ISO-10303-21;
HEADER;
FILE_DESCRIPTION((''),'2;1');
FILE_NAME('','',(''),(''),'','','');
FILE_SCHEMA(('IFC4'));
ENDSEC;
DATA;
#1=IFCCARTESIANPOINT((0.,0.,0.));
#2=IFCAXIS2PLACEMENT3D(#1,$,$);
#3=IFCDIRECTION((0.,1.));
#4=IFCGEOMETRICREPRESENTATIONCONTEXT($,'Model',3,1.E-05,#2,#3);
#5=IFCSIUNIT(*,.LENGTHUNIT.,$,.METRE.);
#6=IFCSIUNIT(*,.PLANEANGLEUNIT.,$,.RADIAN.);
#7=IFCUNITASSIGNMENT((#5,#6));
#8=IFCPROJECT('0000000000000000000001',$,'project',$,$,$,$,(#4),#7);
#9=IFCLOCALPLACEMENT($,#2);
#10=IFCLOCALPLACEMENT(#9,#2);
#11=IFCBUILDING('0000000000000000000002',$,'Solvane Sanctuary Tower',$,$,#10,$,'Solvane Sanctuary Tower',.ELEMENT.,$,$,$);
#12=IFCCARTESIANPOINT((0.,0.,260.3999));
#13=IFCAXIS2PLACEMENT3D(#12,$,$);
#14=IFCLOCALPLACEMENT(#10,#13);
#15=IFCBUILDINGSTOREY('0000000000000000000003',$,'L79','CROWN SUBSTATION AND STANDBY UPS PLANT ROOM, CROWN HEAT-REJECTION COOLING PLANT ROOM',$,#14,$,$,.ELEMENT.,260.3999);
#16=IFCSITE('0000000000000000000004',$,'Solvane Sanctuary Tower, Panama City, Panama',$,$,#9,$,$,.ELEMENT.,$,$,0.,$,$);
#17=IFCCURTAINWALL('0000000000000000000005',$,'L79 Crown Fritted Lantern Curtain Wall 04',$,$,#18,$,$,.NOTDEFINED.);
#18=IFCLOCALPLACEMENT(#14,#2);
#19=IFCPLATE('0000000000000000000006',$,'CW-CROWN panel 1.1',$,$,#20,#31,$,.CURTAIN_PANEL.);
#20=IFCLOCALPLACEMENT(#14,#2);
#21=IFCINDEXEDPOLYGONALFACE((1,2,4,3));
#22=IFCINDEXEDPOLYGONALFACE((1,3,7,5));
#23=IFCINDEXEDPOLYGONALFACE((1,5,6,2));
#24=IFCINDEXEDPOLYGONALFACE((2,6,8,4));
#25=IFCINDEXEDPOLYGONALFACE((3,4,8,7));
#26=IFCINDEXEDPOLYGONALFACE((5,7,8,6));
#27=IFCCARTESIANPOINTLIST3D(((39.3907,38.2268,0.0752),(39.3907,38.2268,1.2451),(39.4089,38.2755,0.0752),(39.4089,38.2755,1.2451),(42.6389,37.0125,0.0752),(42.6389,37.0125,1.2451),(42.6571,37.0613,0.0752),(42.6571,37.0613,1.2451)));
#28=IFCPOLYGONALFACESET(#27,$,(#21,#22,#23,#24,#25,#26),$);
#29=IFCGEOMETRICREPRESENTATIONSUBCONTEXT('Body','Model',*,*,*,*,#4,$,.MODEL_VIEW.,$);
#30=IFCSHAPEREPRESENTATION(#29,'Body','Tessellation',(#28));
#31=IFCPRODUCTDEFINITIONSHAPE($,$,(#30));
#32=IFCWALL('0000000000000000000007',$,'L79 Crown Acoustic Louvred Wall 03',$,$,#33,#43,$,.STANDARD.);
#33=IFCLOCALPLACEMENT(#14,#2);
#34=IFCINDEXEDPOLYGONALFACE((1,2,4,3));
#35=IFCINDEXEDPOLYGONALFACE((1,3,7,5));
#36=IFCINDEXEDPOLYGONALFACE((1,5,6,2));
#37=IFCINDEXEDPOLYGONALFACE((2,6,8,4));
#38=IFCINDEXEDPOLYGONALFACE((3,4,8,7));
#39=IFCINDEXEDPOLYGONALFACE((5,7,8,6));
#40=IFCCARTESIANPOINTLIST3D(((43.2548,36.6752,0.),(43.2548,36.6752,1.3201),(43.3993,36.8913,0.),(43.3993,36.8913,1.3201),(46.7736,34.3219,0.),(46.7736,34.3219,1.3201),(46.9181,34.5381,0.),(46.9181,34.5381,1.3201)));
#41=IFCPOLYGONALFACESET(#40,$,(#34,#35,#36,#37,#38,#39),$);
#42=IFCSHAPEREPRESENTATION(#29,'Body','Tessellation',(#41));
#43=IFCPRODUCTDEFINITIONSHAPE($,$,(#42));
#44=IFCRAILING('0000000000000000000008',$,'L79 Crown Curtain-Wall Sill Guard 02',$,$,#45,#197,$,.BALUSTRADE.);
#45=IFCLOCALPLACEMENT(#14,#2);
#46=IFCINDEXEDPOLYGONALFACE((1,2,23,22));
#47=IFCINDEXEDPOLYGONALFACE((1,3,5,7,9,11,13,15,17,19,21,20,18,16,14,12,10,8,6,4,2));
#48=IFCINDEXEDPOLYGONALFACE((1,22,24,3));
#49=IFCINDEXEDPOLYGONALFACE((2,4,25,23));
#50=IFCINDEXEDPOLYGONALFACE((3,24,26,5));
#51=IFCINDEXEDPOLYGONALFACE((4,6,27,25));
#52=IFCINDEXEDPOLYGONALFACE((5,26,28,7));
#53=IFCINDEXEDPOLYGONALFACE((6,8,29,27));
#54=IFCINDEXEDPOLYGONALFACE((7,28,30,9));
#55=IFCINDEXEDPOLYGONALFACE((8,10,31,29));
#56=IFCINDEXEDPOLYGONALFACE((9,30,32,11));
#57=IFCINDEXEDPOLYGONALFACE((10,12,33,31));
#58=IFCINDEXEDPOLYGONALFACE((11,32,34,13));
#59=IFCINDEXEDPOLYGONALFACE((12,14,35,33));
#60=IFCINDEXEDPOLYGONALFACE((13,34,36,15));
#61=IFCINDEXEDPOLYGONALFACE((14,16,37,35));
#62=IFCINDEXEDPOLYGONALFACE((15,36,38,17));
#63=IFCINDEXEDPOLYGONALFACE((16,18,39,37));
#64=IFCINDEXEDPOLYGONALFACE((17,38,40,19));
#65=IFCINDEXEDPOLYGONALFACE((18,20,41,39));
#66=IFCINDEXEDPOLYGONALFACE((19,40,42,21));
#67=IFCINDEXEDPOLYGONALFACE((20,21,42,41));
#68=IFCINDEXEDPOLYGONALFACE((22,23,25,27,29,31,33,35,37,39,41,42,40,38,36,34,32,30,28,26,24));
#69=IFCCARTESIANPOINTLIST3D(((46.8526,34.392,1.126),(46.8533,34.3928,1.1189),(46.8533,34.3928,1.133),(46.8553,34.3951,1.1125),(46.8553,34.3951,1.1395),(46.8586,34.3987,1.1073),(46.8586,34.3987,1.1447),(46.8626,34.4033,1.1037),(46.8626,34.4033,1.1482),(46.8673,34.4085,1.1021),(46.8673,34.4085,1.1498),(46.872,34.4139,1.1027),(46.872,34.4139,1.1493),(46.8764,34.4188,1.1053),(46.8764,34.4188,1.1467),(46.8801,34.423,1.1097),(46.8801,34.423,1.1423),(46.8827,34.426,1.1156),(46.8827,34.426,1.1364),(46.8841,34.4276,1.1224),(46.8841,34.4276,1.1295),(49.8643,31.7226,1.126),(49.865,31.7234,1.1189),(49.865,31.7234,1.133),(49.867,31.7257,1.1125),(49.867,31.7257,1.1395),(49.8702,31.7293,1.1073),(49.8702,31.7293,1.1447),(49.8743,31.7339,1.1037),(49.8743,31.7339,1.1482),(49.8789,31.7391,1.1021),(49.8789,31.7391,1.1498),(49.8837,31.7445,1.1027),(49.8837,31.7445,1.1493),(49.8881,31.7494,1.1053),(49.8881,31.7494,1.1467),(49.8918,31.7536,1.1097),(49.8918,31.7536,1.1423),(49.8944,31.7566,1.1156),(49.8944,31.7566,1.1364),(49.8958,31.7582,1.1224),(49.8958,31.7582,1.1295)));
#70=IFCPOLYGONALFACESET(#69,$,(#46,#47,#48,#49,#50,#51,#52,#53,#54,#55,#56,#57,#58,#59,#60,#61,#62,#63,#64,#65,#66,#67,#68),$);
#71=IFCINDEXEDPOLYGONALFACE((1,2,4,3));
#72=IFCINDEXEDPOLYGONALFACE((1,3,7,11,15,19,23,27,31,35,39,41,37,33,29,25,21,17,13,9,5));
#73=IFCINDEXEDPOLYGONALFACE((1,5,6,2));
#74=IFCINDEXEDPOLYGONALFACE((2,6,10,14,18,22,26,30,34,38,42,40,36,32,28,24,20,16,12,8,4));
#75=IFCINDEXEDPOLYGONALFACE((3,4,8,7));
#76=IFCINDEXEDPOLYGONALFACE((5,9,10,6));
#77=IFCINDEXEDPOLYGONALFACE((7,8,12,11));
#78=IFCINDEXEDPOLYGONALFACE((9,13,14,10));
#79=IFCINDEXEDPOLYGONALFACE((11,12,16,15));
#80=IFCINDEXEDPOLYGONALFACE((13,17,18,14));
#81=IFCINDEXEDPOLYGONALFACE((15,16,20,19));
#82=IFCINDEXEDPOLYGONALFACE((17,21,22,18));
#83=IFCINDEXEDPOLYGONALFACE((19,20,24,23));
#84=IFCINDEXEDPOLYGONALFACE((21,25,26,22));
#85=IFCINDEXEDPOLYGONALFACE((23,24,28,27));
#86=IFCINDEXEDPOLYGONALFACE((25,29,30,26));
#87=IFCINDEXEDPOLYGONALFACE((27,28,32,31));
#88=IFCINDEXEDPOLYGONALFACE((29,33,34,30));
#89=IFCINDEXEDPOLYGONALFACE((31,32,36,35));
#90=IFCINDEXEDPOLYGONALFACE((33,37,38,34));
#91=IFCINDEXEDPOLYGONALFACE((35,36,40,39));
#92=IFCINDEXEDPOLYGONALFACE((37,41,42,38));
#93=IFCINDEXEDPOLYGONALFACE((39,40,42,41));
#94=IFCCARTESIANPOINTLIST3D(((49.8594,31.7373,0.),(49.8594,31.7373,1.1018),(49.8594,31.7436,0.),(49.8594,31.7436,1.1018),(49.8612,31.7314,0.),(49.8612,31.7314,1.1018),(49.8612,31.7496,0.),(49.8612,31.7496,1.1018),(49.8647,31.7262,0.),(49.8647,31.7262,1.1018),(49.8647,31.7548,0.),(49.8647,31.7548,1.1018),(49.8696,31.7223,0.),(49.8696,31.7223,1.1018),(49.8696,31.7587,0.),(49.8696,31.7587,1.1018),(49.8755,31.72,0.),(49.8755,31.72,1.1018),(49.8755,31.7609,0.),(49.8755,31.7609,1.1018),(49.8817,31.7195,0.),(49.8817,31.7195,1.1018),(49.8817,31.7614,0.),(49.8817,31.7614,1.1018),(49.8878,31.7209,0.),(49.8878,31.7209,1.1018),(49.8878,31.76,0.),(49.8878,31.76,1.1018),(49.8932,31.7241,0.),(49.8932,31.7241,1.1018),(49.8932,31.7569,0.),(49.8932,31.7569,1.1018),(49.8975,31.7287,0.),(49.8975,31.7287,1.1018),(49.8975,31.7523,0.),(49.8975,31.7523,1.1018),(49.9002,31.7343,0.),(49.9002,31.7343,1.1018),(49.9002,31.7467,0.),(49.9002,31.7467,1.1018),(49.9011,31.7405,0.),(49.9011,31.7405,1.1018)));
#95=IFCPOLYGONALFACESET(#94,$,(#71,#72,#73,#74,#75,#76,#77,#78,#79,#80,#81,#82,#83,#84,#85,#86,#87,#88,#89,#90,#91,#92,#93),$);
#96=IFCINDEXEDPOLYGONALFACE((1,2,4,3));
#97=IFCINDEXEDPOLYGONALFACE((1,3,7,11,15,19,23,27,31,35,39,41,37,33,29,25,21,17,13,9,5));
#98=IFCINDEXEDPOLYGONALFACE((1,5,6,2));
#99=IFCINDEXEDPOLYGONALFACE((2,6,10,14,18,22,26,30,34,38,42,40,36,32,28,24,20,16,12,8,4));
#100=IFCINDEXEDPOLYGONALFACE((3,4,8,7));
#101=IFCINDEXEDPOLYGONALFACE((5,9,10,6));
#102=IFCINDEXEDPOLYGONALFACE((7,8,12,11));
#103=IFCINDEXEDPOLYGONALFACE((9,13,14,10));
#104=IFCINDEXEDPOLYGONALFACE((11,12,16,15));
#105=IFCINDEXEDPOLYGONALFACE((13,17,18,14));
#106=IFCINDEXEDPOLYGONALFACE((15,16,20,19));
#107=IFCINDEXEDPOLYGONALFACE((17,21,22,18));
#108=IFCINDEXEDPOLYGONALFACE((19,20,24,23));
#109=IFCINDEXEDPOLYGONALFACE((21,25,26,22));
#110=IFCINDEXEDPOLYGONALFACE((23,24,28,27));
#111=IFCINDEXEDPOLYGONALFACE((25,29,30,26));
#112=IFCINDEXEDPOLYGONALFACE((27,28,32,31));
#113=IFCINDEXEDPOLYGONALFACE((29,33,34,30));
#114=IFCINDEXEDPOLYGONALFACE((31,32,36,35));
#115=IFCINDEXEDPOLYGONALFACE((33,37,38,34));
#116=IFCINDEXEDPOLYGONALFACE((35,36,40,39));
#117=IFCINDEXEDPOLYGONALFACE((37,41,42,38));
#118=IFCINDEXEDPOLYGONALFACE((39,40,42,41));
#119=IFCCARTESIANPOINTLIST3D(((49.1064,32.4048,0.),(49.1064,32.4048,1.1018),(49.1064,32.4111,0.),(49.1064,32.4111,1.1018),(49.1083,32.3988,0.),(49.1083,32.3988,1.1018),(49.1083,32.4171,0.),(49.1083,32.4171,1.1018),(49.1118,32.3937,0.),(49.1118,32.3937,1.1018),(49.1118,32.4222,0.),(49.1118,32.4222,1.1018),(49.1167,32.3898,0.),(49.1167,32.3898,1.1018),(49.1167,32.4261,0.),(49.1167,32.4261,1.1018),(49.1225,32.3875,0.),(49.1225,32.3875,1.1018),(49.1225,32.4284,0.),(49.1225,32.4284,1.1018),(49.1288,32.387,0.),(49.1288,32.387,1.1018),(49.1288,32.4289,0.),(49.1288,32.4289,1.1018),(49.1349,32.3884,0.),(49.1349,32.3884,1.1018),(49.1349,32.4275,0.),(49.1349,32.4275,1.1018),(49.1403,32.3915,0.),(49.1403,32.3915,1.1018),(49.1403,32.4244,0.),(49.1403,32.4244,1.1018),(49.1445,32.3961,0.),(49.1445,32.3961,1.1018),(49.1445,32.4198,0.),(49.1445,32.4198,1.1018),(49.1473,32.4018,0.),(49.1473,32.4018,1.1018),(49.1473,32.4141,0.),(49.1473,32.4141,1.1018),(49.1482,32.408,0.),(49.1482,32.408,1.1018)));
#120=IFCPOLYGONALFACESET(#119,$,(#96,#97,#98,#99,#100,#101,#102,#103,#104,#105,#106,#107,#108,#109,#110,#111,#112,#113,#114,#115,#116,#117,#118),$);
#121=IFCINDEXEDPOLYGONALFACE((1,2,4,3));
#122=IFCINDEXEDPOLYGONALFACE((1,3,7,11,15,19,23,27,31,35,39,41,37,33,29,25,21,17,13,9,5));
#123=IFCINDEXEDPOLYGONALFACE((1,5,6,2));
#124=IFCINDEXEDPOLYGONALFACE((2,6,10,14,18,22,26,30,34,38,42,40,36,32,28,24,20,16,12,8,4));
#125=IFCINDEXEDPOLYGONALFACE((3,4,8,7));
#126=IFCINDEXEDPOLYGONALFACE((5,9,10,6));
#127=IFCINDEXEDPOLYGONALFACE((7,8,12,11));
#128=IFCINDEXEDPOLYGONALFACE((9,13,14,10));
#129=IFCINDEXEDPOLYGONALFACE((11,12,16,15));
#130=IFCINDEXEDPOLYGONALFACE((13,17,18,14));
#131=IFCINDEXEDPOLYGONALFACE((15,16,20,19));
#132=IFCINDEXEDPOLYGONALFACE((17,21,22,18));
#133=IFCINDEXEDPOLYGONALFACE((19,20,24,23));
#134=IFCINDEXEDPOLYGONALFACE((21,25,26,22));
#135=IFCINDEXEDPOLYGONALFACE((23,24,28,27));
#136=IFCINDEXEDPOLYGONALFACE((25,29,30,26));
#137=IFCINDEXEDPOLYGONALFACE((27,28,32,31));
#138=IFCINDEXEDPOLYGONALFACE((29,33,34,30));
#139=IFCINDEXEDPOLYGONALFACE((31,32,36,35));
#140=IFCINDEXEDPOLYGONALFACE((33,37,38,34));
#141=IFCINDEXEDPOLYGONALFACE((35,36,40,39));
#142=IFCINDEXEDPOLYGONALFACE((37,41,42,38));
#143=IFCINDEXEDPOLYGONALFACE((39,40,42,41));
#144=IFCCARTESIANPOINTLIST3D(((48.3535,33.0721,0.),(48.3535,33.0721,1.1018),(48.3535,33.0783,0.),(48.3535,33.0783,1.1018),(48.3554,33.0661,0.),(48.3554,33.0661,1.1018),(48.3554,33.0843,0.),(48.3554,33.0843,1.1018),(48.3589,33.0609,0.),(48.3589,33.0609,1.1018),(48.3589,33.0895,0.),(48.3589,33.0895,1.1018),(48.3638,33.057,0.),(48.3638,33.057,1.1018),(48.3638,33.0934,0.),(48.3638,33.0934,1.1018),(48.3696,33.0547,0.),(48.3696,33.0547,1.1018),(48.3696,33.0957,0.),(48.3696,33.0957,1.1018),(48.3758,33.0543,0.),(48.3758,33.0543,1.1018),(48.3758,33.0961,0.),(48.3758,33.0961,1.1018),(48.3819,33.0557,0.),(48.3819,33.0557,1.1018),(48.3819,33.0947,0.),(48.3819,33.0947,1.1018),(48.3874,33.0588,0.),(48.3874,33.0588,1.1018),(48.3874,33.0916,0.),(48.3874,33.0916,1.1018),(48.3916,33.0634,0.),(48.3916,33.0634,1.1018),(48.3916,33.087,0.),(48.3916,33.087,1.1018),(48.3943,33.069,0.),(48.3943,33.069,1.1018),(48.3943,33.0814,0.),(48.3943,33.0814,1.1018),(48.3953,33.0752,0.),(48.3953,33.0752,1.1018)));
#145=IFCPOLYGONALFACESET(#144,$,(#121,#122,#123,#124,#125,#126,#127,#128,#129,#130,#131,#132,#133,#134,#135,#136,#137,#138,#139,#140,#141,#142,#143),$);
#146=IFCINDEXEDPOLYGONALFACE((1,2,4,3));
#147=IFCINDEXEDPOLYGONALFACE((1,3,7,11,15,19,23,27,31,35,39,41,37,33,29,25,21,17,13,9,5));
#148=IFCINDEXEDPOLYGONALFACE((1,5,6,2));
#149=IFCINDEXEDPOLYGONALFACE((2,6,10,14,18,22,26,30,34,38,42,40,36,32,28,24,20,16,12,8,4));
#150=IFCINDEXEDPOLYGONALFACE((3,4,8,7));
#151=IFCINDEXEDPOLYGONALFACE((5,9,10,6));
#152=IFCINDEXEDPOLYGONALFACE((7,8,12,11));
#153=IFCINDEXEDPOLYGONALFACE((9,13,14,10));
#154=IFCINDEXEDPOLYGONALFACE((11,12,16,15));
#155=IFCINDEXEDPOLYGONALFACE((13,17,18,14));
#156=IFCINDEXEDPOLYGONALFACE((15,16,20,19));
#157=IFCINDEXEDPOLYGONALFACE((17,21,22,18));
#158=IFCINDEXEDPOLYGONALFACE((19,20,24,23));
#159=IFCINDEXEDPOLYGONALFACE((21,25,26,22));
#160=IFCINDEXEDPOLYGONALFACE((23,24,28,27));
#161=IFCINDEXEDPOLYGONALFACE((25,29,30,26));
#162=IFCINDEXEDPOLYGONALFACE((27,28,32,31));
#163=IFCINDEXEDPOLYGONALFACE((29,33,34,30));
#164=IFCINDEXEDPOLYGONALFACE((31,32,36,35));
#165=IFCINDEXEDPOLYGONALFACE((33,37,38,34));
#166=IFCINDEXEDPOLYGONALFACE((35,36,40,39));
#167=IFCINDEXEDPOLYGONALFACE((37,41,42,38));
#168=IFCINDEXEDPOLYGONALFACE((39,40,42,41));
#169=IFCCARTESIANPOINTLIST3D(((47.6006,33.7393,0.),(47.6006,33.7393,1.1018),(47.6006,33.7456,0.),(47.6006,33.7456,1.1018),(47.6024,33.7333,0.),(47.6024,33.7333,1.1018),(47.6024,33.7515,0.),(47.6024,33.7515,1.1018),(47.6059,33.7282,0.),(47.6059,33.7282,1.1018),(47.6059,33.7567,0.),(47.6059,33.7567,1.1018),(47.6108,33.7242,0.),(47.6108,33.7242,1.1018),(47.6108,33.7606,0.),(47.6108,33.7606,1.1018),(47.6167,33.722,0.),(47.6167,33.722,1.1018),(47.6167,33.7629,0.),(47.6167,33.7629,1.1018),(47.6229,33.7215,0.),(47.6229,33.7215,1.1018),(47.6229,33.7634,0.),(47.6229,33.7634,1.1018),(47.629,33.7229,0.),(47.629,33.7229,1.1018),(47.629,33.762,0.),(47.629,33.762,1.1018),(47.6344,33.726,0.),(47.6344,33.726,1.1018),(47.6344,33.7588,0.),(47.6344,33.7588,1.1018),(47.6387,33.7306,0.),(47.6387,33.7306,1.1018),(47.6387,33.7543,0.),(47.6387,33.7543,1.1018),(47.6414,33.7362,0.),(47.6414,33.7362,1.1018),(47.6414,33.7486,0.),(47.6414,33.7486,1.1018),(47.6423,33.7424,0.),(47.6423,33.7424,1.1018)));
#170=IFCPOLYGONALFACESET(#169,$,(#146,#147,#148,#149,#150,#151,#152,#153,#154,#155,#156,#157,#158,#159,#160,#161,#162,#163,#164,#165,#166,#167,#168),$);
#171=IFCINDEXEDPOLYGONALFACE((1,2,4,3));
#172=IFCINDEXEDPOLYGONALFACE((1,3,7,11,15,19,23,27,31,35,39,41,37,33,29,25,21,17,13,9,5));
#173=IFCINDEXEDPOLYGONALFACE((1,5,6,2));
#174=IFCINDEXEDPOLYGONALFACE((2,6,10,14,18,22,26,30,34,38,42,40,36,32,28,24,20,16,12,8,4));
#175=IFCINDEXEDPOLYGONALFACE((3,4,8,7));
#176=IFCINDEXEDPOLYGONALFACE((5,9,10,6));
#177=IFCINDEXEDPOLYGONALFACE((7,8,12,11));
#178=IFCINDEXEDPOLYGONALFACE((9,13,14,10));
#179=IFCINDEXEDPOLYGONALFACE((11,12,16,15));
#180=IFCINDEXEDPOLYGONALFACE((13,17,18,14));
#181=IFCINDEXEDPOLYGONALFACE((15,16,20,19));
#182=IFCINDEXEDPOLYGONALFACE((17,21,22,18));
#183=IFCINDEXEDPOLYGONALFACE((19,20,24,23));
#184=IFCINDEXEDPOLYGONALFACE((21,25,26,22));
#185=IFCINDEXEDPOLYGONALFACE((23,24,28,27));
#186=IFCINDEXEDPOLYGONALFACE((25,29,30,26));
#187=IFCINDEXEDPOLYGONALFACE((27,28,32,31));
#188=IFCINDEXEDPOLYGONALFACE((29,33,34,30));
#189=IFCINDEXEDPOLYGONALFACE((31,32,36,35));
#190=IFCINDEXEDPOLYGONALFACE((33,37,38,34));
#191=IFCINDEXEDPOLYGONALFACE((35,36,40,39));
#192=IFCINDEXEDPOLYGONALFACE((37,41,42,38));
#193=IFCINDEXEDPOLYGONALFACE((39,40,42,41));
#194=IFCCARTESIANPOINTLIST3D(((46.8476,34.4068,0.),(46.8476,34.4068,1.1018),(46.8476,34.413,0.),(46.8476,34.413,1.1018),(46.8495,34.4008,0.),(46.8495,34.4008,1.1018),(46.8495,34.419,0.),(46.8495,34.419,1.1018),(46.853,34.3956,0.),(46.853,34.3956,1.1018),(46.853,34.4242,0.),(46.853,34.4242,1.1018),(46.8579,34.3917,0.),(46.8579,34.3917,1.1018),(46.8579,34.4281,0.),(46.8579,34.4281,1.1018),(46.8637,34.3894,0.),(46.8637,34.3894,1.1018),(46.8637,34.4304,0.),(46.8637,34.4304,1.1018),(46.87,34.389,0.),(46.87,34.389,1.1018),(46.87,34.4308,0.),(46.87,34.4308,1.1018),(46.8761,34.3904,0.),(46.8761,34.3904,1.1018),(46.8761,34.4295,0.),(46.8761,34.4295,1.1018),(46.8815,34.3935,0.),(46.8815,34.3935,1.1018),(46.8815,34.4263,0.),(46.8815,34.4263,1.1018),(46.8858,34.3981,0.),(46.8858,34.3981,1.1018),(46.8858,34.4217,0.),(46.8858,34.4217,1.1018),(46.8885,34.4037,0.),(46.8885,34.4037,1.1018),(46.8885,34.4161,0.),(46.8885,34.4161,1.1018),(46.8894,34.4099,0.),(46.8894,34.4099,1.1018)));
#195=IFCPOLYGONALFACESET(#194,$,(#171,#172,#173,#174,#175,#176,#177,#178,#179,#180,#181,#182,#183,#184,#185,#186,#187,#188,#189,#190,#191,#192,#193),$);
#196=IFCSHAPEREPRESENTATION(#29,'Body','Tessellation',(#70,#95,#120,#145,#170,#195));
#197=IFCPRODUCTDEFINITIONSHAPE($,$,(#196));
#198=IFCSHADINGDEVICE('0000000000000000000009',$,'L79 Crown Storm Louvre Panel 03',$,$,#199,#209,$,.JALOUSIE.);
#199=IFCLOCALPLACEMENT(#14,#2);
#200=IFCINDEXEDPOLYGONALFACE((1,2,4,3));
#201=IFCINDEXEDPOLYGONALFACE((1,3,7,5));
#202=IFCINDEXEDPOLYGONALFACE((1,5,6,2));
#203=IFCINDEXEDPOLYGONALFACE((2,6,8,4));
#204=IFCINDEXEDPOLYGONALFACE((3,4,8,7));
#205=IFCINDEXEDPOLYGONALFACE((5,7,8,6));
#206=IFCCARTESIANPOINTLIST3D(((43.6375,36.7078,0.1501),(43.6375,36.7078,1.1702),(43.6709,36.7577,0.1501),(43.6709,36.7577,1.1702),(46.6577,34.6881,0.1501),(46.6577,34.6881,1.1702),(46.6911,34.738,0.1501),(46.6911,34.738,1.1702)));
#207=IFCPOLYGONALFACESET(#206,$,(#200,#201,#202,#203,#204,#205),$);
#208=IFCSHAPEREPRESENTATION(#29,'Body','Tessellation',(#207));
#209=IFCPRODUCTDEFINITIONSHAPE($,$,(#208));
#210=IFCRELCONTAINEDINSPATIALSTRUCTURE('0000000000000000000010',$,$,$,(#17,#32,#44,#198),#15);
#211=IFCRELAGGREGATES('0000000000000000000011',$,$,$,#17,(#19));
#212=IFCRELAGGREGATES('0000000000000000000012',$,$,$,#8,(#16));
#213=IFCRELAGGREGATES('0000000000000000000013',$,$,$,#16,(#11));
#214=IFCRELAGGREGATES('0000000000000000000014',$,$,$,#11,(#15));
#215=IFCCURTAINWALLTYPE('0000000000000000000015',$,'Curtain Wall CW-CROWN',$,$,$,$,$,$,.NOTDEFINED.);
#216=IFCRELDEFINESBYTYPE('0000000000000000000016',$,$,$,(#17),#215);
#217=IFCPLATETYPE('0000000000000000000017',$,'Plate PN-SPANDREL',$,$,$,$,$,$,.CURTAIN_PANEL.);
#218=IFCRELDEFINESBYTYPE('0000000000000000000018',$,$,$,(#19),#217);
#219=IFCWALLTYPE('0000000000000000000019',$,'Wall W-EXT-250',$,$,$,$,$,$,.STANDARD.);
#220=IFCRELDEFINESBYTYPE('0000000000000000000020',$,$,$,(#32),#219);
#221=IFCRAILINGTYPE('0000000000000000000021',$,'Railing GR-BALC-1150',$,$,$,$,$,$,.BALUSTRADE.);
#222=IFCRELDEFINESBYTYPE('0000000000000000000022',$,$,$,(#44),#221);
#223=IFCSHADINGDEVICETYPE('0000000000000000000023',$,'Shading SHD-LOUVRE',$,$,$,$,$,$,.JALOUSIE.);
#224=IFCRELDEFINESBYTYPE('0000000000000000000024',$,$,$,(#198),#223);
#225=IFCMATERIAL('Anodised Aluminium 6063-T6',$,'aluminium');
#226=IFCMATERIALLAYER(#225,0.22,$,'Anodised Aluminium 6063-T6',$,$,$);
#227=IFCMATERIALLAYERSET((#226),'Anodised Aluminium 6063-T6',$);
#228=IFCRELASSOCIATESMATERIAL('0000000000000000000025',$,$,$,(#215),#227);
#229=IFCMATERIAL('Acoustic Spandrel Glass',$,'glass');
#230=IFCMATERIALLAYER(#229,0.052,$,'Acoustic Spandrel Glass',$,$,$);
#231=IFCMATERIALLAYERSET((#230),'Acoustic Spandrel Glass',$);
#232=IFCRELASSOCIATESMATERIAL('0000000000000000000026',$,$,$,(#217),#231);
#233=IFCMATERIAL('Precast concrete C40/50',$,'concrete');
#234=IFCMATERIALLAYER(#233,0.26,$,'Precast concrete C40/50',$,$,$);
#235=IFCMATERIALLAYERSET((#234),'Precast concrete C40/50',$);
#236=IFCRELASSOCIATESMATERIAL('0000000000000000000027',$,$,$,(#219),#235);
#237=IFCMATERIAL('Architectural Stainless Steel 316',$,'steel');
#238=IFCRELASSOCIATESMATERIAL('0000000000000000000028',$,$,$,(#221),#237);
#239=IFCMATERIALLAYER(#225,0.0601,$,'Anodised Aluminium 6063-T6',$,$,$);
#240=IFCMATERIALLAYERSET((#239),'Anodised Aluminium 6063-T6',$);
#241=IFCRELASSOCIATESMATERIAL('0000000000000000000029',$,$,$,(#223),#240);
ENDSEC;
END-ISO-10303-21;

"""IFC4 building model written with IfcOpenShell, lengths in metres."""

from ifc_helpers import new_model, si_unit, direction, frame, frame_2d, origin, origin_2d, place, context, subcontext, project, spatial, rectangle, circle, extrude, material, layer, layer_set, type_object, element, aggregate, save


model = new_model("IFC4")

# Units and contexts
model_context = context("Model", 3, precision=1e-05, world=origin(), true_north=direction((0.0, 1.0)))
body_context = subcontext(model_context, "Body", "Model", "MODEL_VIEW")
ifc_project = project(units=[si_unit("LENGTHUNIT", "METRE"), si_unit("PLANEANGLEUNIT", "RADIAN")], contexts=[model_context])

# Site, building, storey
site_placement = place(None, origin())
site = spatial("IfcSite", under=ifc_project, at=site_placement, Name="Solvane Sanctuary Tower, Panama City, Panama", CompositionType="ELEMENT", RefElevation=0.0)
building_placement = place(site_placement, origin())
building = spatial("IfcBuilding", under=site, at=building_placement, Name="Solvane Sanctuary Tower", LongName="Solvane Sanctuary Tower", CompositionType="ELEMENT")
storey_placement = place(building_placement, frame((0.0, 0.0, 260.3999)))
storey = spatial("IfcBuildingStorey", under=building, at=storey_placement, Name="L79", Description="CROWN SUBSTATION AND STANDBY UPS PLANT ROOM, CROWN HEAT-REJECTION COOLING PLANT ROOM", CompositionType="ELEMENT", Elevation=260.3999)

# Shared definitions
ifc_material_1 = material(Name="Anodised Aluminium 6063-T6", Category="aluminium")
ifc_layer_1 = layer(ifc_material_1, 0.22, Name="Anodised Aluminium 6063-T6")
ifc_layer_set_1 = layer_set([ifc_layer_1], Name="Anodised Aluminium 6063-T6")
curtain_wall_type = type_object("IfcCurtainWallType", Name="Curtain Wall CW-CROWN", PredefinedType="NOTDEFINED", material=ifc_layer_set_1)

# Curtain wall
curtain_wall_1_placement = place(storey_placement, origin())
curtain_wall_1 = element("IfcCurtainWall", 1, at=curtain_wall_1_placement, inside=storey, type_object=curtain_wall_type, Name="L79 Crown Fritted Lantern Curtain Wall 04", PredefinedType="NOTDEFINED")

# Plate
ifc_material_2 = material(Name="Acoustic Spandrel Glass", Category="glass")
ifc_layer_2 = layer(ifc_material_2, 0.052, Name="Acoustic Spandrel Glass")
ifc_layer_set_2 = layer_set([ifc_layer_2], Name="Acoustic Spandrel Glass")
plate_type_1 = type_object("IfcPlateType", Name="Plate PN-SPANDREL", PredefinedType="CURTAIN_PANEL", material=ifc_layer_set_2)
plate_1_placement = place(storey_placement, frame((41.0239, 37.644, 0.0752), z_axis=(0.0, 0.0, 1.0), x_axis=(-0.936689, 0.350163, 0.0)))
plate_1 = element("IfcPlate", 2, at=plate_1_placement, type_object=plate_type_1, Name="CW-CROWN panel 1.1", PredefinedType="CURTAIN_PANEL", context=body_context, shape_type="SweptSolid", body=[
    extrude(rectangle(XDim=3.4678, YDim=0.052, at=origin_2d()), origin(), (0.0, 0.0, 1.0), 1.1699),
])
aggregate(curtain_wall_1, [plate_1])

# Wall
ifc_material_3 = material(Name="Precast concrete C40/50", Category="concrete")
ifc_layer_3 = layer(ifc_material_3, 0.26, Name="Precast concrete C40/50")
ifc_layer_set_3 = layer_set([ifc_layer_3], Name="Precast concrete C40/50")
wall_type = type_object("IfcWallType", Name="Wall W-EXT-250", PredefinedType="STANDARD", material=ifc_layer_set_3)
wall_placement = place(storey_placement, frame((46.8459, 34.4299, 0.0), z_axis=(0.0, 0.0, 1.0), x_axis=(-0.831242, 0.555911, 0.0)))
element("IfcWall", 3, at=wall_placement, inside=storey, type_object=wall_type, Name="L79 Crown Acoustic Louvred Wall 03", PredefinedType="STANDARD", context=body_context, shape_type="SweptSolid", body=[
    extrude(rectangle(XDim=4.2332, YDim=0.26, at=frame_2d((2.1167, 0.0))), origin(), (0.0, 0.0, 1.0), 1.3201),
])

# Railing
ifc_material_4 = material(Name="Architectural Stainless Steel 316", Category="steel")
railing_type = type_object("IfcRailingType", Name="Railing GR-BALC-1150", PredefinedType="BALUSTRADE", material=ifc_material_4)
railing_1_placement = place(storey_placement, frame((49.8801, 31.7405, 0.0)))
element("IfcRailing", 4, at=railing_1_placement, inside=storey, type_object=railing_type, Name="L79 Crown Curtain-Wall Sill Guard 02", PredefinedType="BALUSTRADE", context=body_context, shape_type="SweptSolid", body=[
    extrude(circle(Radius=0.0239, at=origin_2d()), frame((0.0, 0.0, 1.126), z_axis=(-0.748352, 0.663301, 0.0), x_axis=(-0.663301, -0.748352, 0.0)), (0.0, 0.0, 1.0), 4.0244),
    extrude(circle(Radius=0.021, at=origin_2d()), origin(), (0.0, 0.0, 1.0), 1.1018),
    extrude(circle(Radius=0.021, at=origin_2d()), frame((-0.7529, 0.6675, 0.0)), (0.0, 0.0, 1.0), 1.1018),
    extrude(circle(Radius=0.021, at=origin_2d()), frame((-1.5059, 1.3347, 0.0)), (0.0, 0.0, 1.0), 1.1018),
    extrude(circle(Radius=0.021, at=origin_2d()), frame((-2.2588, 2.002, 0.0)), (0.0, 0.0, 1.0), 1.1018),
    extrude(circle(Radius=0.021, at=origin_2d()), frame((-3.0117, 2.6694, 0.0)), (0.0, 0.0, 1.0), 1.1018),
])

# Shading device
ifc_layer_4 = layer(ifc_material_1, 0.0601, Name="Anodised Aluminium 6063-T6")
ifc_layer_set_4 = layer_set([ifc_layer_4], Name="Anodised Aluminium 6063-T6")
shading_device_type = type_object("IfcShadingDeviceType", Name="Shading SHD-LOUVRE", PredefinedType="JALOUSIE", material=ifc_layer_set_4)
shading_device_placement = place(storey_placement, frame((45.1643, 35.7229, 0.1501), z_axis=(0.0, 0.0, 1.0), x_axis=(-0.831257, 0.555888, 0.0)))
element("IfcShadingDevice", 5, at=shading_device_placement, inside=storey, type_object=shading_device_type, Name="L79 Crown Storm Louvre Panel 03", PredefinedType="JALOUSIE", context=body_context, shape_type="SweptSolid", body=[
    extrude(rectangle(XDim=3.6333, YDim=0.0601, at=origin_2d()), origin(), (0.0, 0.0, 1.0), 1.02),
])

save(model, "model.ifc")
